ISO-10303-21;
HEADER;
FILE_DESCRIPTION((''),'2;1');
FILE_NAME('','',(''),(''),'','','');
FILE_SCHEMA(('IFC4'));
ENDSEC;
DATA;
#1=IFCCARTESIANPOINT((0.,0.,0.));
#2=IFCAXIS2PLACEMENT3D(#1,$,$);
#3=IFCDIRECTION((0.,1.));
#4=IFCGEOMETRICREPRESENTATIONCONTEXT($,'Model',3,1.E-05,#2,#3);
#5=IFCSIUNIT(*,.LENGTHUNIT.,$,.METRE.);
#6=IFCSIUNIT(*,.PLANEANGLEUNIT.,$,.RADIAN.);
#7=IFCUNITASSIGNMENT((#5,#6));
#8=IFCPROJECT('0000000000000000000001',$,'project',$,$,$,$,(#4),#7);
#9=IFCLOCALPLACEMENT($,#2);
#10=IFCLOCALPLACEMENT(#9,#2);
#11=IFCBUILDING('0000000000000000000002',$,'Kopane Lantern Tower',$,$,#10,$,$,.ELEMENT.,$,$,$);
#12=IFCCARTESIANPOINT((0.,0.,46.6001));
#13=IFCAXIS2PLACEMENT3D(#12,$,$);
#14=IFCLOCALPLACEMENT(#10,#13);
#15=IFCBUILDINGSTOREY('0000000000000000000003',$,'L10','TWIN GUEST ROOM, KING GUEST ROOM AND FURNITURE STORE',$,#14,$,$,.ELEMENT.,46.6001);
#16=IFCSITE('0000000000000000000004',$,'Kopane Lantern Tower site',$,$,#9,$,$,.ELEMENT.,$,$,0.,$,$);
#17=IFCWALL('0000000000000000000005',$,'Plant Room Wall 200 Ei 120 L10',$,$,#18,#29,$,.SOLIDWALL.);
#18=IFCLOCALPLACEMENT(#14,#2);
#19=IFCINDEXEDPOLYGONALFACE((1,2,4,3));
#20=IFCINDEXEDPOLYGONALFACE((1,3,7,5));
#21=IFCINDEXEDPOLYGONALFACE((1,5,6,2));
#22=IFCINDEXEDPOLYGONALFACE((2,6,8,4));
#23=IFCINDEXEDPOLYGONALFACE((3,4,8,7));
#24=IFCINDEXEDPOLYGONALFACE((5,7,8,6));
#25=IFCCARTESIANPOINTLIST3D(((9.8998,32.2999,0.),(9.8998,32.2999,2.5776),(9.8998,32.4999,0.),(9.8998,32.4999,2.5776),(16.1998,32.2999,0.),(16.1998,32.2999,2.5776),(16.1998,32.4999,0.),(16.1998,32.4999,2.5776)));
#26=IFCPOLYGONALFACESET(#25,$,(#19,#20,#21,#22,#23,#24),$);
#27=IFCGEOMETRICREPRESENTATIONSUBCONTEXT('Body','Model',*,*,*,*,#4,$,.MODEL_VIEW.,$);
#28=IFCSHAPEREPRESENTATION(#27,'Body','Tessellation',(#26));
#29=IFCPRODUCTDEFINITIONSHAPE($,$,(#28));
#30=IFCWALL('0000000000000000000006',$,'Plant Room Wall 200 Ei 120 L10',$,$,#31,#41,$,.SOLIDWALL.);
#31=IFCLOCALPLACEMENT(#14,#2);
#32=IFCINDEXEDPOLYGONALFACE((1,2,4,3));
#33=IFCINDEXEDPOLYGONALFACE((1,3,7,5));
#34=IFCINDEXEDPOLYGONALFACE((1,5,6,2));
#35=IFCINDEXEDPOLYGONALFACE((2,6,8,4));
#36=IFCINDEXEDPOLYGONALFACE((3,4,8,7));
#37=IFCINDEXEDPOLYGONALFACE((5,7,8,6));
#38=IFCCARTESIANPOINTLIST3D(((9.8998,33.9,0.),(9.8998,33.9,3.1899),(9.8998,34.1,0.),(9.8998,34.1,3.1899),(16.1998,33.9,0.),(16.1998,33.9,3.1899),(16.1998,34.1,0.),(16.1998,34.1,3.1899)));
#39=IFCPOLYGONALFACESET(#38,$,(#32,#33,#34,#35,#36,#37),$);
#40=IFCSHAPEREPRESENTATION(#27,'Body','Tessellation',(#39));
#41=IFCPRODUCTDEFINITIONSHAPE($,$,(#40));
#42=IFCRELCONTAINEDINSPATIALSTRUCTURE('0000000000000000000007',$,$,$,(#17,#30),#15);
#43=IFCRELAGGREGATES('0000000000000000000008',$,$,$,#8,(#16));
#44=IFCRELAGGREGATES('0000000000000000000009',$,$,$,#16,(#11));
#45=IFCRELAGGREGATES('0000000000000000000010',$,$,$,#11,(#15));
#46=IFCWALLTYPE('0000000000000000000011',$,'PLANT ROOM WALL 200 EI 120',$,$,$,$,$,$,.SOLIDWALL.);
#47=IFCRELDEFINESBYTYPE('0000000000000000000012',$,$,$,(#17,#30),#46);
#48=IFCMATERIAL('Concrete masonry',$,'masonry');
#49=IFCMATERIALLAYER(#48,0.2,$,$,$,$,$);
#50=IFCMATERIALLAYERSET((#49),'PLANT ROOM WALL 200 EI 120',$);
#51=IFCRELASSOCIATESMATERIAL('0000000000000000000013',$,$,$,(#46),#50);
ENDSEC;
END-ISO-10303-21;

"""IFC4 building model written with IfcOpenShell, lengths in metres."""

from ifc_helpers import new_model, si_unit, direction, frame, frame_2d, origin, place, context, subcontext, project, spatial, rectangle, extrude, material, layer, layer_set, type_object, element, save


model = new_model("IFC4")

# Units and contexts
model_context = context("Model", 3, precision=1e-05, world=origin(), true_north=direction((0.0, 1.0)))
body_context = subcontext(model_context, "Body", "Model", "MODEL_VIEW")
ifc_project = project(units=[si_unit("LENGTHUNIT", "METRE"), si_unit("PLANEANGLEUNIT", "RADIAN")], contexts=[model_context])

# Site, building, storey
site_placement = place(None, origin())
site = spatial("IfcSite", under=ifc_project, at=site_placement, Name="Kopane Lantern Tower site", CompositionType="ELEMENT", RefElevation=0.0)
building_placement = place(site_placement, origin())
building = spatial("IfcBuilding", under=site, at=building_placement, Name="Kopane Lantern Tower", CompositionType="ELEMENT")
storey_placement = place(building_placement, frame((0.0, 0.0, 46.6001)))
storey = spatial("IfcBuildingStorey", under=building, at=storey_placement, Name="L10", Description="TWIN GUEST ROOM, KING GUEST ROOM AND FURNITURE STORE", CompositionType="ELEMENT", Elevation=46.6001)

# Walls
ifc_material_1 = material(Name="Concrete masonry", Category="masonry")
ifc_layer_1 = layer(ifc_material_1, 0.2)
ifc_layer_set_1 = layer_set([ifc_layer_1], Name="PLANT ROOM WALL 200 EI 120")
wall_type_1 = type_object("IfcWallType", Name="PLANT ROOM WALL 200 EI 120", PredefinedType="SOLIDWALL", material=ifc_layer_set_1)
wall_1_placement = place(storey_placement, frame((9.8999, 32.3999, 0.0), z_axis=(0.0, 0.0, 1.0), x_axis=(1.0, 0.0, 0.0)))
element("IfcWall", 1, at=wall_1_placement, inside=storey, type_object=wall_type_1, Name="Plant Room Wall 200 Ei 120 L10", PredefinedType="SOLIDWALL", context=body_context, shape_type="SweptSolid", body=[
    extrude(rectangle(XDim=6.3, YDim=0.2, at=frame_2d((3.1499, 0.0))), origin(), (0.0, 0.0, 1.0), 2.5776),
])
wall_2_placement = place(storey_placement, frame((9.8999, 34.0, 0.0), z_axis=(0.0, 0.0, 1.0), x_axis=(1.0, 0.0, 0.0)))
element("IfcWall", 2, at=wall_2_placement, inside=storey, type_object=wall_type_1, Name="Plant Room Wall 200 Ei 120 L10", PredefinedType="SOLIDWALL", context=body_context, shape_type="SweptSolid", body=[
    extrude(rectangle(XDim=6.3, YDim=0.2, at=frame_2d((3.1499, 0.0))), origin(), (0.0, 0.0, 1.0), 3.1899),
])

save(model, "model.ifc")
